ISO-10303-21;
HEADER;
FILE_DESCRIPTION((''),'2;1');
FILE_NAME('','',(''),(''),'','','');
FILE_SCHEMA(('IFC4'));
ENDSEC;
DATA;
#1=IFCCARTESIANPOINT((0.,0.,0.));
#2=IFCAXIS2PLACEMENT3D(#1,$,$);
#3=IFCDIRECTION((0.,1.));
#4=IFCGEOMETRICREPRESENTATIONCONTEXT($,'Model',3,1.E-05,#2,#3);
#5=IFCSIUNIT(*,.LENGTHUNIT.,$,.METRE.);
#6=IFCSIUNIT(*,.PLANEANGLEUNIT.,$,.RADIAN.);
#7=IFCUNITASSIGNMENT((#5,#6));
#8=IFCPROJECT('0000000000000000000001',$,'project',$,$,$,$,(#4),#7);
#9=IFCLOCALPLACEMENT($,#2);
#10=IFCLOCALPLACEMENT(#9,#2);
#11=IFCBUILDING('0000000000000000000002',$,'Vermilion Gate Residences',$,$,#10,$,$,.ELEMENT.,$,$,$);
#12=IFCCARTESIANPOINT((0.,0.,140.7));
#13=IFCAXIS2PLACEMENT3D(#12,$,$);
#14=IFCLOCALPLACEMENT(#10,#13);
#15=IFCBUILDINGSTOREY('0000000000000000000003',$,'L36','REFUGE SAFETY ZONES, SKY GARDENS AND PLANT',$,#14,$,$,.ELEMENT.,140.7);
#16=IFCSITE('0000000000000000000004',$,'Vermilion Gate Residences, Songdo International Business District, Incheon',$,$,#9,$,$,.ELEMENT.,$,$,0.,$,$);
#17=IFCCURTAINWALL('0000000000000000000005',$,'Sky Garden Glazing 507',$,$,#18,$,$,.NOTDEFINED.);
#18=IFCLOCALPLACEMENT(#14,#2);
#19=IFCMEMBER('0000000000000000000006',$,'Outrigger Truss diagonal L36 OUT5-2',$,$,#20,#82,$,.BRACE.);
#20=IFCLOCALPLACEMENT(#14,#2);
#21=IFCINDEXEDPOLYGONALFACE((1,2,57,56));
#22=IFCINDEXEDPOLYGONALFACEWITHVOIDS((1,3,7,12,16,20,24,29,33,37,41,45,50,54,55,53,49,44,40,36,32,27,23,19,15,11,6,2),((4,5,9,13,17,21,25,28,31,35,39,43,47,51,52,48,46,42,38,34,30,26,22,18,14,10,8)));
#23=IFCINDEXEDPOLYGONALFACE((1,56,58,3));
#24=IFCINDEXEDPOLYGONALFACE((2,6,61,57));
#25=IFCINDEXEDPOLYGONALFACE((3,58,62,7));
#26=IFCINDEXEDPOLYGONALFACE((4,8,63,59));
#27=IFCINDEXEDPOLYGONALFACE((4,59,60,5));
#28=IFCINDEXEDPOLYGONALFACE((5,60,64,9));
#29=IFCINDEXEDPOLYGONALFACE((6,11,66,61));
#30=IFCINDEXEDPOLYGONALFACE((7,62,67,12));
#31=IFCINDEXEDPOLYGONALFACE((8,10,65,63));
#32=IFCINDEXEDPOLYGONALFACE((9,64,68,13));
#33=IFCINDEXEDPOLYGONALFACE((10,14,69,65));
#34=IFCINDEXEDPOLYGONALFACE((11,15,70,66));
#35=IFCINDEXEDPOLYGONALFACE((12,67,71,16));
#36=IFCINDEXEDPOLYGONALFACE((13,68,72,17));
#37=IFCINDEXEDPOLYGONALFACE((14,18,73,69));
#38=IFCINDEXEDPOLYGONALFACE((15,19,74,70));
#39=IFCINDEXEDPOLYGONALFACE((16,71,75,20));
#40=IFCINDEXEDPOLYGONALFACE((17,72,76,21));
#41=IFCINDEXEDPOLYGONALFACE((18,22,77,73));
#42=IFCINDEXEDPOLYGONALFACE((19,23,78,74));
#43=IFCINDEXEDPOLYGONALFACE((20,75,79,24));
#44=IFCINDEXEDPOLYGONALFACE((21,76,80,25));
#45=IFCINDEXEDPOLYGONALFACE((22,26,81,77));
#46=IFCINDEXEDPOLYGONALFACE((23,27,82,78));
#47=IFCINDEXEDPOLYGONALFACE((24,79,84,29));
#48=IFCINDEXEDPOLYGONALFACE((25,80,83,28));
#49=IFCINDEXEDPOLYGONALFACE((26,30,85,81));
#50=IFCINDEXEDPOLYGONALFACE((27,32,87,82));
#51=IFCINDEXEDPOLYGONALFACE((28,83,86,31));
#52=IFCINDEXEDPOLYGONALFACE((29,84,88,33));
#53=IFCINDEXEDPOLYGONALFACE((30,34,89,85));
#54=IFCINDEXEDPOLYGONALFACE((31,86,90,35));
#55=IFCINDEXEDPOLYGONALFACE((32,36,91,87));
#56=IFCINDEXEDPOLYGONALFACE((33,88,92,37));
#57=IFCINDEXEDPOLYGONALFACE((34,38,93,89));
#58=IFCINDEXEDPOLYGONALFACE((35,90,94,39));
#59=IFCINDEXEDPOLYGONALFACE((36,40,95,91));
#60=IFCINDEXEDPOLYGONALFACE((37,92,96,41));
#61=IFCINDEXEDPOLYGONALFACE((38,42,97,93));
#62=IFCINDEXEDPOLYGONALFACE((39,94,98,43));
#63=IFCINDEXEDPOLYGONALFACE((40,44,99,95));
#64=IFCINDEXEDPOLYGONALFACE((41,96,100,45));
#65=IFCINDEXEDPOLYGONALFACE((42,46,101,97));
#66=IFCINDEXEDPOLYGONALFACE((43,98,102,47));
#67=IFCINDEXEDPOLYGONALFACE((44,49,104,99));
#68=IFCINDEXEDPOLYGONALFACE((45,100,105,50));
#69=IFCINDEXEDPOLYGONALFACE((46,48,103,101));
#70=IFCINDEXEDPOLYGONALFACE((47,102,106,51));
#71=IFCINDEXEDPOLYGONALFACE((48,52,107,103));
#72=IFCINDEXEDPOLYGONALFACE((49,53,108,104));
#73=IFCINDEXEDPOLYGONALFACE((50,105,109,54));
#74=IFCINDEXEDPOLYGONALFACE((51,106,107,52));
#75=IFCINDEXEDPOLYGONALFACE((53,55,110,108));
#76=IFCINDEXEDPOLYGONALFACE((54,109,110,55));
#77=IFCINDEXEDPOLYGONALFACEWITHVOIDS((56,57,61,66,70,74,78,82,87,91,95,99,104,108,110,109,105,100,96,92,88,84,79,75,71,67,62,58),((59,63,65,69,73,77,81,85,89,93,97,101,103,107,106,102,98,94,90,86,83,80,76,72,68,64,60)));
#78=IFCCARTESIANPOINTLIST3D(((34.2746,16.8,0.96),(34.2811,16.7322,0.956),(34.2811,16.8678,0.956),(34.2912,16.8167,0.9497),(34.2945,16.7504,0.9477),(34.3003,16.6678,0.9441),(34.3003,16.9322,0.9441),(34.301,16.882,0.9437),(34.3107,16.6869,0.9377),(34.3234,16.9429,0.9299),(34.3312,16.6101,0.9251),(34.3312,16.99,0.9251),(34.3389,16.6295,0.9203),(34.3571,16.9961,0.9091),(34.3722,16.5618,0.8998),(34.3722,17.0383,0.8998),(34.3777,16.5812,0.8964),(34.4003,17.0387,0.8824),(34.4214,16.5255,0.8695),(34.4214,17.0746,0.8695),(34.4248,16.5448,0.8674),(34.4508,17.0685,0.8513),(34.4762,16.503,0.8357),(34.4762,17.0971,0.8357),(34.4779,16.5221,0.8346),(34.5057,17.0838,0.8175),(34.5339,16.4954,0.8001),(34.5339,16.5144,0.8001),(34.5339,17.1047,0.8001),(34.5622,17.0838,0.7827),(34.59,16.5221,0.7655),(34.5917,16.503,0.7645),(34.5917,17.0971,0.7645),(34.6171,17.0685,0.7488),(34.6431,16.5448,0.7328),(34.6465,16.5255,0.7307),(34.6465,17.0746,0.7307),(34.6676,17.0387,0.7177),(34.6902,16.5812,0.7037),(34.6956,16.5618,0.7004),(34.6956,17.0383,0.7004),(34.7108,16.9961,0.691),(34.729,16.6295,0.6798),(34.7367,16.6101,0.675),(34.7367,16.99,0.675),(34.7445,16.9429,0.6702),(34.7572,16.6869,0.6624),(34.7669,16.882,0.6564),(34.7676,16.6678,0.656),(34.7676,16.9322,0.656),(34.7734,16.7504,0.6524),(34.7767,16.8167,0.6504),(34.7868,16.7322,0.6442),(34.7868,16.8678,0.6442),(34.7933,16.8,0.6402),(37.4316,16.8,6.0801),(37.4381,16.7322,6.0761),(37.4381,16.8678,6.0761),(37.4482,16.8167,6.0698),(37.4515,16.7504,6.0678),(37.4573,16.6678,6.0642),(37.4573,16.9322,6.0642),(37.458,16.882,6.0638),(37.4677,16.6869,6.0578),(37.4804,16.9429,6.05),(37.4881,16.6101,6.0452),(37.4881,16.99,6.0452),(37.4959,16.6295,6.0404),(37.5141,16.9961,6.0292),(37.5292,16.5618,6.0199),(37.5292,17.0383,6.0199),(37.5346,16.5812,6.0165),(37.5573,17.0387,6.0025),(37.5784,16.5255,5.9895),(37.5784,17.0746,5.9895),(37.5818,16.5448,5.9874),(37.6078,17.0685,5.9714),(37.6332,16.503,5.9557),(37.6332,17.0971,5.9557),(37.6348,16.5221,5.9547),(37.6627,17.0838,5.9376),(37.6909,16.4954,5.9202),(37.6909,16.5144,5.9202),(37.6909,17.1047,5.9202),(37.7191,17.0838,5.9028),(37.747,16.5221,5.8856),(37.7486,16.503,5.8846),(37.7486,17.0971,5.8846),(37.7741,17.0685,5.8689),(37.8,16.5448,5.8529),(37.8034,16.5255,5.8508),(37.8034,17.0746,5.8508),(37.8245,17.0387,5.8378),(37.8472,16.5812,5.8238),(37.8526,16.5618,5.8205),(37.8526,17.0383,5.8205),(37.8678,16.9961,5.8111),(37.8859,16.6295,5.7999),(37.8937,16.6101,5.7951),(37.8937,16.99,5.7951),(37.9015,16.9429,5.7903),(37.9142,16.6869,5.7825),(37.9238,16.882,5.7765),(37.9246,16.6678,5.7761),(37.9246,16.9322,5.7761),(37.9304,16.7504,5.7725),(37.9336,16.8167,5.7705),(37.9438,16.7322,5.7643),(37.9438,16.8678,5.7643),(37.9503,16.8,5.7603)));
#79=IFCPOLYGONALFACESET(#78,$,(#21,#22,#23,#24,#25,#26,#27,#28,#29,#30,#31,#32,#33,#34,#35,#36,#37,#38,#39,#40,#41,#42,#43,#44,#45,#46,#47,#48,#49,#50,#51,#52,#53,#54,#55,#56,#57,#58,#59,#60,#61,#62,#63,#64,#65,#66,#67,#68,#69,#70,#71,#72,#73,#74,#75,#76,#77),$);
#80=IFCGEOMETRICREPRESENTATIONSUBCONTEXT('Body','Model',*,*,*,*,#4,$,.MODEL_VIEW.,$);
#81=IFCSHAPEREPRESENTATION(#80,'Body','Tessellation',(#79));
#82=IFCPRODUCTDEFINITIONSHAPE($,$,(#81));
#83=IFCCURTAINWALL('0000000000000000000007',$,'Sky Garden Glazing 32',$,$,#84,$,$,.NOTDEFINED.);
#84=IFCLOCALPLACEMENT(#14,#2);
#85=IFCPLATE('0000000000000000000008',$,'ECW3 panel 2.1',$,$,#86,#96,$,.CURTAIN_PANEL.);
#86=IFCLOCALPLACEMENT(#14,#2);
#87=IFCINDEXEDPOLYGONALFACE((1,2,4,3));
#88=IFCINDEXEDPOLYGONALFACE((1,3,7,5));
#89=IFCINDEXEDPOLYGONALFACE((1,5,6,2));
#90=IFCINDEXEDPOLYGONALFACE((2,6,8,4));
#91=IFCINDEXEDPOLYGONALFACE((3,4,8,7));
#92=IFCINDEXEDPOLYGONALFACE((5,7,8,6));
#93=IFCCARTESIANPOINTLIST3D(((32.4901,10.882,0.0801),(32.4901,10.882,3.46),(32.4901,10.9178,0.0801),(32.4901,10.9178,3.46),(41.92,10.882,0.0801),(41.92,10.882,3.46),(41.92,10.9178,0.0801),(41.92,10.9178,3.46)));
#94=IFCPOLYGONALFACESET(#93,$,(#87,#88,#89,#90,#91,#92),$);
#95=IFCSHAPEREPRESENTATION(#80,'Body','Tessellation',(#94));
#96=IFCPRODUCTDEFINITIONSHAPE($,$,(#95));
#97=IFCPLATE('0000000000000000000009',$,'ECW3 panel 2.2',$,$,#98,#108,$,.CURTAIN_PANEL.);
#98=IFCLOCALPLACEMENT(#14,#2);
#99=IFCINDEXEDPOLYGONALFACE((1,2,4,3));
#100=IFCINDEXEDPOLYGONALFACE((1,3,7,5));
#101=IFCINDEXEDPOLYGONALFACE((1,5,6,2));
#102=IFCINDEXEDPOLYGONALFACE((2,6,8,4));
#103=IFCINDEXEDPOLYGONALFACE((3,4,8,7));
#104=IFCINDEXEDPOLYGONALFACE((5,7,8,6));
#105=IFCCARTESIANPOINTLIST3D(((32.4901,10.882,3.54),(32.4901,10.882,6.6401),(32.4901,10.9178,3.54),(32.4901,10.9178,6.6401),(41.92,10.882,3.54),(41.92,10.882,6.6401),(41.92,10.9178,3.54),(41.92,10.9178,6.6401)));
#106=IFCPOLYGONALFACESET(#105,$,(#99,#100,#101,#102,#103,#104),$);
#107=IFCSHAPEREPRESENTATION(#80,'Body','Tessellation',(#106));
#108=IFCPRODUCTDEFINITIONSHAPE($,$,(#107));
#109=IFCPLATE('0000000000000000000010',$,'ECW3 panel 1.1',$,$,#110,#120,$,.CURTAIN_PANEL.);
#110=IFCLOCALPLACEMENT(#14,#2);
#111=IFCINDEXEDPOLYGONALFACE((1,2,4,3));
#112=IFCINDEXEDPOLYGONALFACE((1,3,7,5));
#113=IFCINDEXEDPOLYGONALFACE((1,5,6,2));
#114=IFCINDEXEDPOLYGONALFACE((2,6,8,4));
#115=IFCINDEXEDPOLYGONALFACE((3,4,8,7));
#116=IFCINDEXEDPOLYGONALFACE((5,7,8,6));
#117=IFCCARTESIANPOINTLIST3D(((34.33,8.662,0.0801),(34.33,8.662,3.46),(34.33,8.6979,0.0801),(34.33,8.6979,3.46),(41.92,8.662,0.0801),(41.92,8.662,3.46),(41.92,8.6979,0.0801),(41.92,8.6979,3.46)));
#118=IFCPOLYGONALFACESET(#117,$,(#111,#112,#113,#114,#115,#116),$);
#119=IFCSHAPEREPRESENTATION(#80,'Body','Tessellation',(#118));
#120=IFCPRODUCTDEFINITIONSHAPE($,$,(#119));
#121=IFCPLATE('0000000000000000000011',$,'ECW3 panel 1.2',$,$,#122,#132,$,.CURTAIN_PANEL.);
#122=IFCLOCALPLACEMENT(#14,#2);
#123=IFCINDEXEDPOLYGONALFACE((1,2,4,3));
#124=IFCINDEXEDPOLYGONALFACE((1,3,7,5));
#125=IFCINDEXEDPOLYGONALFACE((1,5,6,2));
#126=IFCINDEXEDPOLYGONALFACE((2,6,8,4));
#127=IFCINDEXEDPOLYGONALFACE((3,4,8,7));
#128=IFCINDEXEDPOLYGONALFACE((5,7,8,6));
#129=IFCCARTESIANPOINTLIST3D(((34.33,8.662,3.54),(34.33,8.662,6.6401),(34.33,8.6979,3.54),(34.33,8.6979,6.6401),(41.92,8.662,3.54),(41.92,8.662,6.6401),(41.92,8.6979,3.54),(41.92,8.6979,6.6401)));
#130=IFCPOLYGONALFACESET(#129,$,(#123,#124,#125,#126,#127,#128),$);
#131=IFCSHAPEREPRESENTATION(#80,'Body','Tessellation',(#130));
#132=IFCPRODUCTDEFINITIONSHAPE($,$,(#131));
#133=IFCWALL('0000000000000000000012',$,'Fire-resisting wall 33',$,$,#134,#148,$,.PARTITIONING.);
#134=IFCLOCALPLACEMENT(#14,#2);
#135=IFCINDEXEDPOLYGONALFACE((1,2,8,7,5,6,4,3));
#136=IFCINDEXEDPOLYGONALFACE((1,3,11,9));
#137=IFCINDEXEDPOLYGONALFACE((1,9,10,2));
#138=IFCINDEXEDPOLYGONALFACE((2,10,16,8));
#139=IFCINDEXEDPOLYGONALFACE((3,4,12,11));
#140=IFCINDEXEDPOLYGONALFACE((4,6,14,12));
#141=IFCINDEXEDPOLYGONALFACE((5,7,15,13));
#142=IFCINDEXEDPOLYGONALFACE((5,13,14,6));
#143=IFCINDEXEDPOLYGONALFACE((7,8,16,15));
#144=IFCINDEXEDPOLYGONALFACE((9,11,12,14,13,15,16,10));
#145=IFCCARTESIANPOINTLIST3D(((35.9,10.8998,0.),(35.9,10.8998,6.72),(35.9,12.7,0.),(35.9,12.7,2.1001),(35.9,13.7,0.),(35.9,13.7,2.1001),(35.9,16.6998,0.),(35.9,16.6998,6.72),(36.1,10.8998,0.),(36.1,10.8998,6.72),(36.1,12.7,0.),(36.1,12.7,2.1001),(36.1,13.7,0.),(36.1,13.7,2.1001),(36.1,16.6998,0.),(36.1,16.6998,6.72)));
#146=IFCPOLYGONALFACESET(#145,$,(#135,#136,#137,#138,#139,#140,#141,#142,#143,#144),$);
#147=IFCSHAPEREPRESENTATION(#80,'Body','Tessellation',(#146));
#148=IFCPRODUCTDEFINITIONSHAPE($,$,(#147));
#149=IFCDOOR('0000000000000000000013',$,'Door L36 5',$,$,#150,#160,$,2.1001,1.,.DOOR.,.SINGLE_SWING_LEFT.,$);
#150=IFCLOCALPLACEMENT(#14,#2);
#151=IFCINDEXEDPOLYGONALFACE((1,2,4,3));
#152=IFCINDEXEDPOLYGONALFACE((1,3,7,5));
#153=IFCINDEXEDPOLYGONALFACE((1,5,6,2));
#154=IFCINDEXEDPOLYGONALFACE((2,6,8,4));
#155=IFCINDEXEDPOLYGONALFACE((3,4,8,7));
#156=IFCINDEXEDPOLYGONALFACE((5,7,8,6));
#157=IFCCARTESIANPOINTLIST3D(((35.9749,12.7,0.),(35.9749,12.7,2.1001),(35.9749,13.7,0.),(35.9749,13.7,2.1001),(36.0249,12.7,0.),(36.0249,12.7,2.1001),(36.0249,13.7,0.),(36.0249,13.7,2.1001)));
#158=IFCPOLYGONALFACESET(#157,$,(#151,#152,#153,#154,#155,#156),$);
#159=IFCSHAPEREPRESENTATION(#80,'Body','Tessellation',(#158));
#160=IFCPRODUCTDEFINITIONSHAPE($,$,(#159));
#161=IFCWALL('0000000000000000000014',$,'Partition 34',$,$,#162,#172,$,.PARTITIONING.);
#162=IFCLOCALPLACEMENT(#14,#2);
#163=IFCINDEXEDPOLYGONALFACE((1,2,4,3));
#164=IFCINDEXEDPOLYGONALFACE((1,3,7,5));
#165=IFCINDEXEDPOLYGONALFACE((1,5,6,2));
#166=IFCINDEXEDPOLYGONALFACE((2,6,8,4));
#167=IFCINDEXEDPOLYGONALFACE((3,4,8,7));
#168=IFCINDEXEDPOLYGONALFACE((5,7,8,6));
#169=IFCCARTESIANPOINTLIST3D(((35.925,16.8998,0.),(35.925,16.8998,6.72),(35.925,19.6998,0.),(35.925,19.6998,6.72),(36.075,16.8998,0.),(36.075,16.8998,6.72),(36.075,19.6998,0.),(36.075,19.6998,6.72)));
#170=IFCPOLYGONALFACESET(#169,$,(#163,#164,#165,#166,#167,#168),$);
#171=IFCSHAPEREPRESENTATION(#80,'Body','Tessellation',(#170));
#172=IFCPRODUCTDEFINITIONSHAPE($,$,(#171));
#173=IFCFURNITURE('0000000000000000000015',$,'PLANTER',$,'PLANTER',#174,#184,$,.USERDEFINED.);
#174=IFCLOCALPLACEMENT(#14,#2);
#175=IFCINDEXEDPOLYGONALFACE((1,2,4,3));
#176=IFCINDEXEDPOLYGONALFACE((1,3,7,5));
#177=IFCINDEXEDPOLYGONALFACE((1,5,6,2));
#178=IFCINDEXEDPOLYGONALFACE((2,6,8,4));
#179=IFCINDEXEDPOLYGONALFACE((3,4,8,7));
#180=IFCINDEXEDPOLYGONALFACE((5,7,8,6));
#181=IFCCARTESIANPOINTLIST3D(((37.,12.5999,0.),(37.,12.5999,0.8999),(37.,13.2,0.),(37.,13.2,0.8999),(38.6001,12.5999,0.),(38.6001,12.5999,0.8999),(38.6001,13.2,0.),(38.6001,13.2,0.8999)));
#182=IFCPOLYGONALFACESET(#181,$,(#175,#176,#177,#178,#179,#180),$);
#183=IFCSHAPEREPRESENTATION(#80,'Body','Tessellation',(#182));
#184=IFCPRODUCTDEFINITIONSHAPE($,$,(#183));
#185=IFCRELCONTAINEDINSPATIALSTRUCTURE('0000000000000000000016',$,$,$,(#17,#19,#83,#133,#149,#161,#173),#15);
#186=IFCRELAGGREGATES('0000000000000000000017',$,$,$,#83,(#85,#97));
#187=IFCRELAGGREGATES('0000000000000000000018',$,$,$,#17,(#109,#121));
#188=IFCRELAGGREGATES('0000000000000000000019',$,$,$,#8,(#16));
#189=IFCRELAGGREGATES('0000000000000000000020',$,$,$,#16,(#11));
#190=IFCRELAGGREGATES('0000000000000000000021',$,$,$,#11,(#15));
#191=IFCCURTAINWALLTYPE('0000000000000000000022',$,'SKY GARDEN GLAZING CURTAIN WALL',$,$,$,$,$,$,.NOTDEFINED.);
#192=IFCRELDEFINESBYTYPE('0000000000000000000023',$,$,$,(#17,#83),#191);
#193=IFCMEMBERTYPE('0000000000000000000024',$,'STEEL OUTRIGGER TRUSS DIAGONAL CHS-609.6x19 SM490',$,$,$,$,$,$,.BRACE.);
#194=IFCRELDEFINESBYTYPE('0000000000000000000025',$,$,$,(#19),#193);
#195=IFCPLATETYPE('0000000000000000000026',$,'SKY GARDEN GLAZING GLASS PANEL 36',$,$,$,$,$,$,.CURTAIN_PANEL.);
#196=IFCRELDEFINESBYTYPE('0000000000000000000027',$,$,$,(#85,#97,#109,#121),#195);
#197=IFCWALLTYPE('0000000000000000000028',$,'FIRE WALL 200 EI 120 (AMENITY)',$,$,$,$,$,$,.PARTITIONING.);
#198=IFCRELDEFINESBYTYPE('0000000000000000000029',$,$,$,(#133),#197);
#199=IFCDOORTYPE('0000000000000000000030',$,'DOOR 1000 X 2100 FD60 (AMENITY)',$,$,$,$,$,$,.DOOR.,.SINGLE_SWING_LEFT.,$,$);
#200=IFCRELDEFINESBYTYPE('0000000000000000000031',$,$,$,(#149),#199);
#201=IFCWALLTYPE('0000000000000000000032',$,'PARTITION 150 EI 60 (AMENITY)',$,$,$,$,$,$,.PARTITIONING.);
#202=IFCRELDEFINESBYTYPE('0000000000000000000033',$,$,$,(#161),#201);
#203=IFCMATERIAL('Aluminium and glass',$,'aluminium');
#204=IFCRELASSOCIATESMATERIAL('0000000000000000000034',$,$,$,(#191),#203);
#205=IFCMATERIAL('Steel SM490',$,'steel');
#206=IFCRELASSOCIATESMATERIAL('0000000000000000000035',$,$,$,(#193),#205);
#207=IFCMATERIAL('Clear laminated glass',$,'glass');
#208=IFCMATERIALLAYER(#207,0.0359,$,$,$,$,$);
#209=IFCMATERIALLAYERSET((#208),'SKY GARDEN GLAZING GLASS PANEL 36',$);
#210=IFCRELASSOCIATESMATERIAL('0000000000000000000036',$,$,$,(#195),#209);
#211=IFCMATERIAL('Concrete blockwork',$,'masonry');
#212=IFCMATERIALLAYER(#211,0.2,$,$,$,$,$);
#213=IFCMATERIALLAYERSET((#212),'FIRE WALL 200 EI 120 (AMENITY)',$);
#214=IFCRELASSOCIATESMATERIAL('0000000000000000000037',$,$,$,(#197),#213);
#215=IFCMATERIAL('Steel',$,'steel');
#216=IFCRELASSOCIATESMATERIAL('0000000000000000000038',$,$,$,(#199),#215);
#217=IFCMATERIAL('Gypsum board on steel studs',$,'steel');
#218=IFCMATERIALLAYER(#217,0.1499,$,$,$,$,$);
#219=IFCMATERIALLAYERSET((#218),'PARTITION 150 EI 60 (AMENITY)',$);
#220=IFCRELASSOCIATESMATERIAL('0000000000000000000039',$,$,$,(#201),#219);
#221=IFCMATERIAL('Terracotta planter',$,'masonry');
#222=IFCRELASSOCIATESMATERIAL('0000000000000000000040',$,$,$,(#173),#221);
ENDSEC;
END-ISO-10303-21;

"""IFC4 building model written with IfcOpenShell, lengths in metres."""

from ifc_helpers import new_model, si_unit, direction, frame, frame_2d, origin, origin_2d, place, context, subcontext, project, spatial, rectangle, hollow_circle, extrude, material, layer, layer_set, material_profile, profile_set, type_object, element, fill, aggregate, save


model = new_model("IFC4")

# Units and contexts
model_context = context("Model", 3, precision=1e-05, world=origin(), true_north=direction((0.0, 1.0)))
body_context = subcontext(model_context, "Body", "Model", "MODEL_VIEW")
ifc_project = project(units=[si_unit("LENGTHUNIT", "METRE"), si_unit("PLANEANGLEUNIT", "RADIAN")], contexts=[model_context])

# Site, building, storey
site_placement = place(None, origin())
site = spatial("IfcSite", under=ifc_project, at=site_placement, Name="Vermilion Gate Residences, Songdo International Business District, Incheon", CompositionType="ELEMENT", RefElevation=0.0)
building_placement = place(site_placement, origin())
building = spatial("IfcBuilding", under=site, at=building_placement, Name="Vermilion Gate Residences", CompositionType="ELEMENT")
storey_placement = place(building_placement, frame((0.0, 0.0, 140.7)))
storey = spatial("IfcBuildingStorey", under=building, at=storey_placement, Name="L36", Description="REFUGE SAFETY ZONES, SKY GARDENS AND PLANT", CompositionType="ELEMENT", Elevation=140.7)

# Curtain wall
ifc_material_1 = material(Name="Aluminium and glass", Category="aluminium")
curtain_wall_type = type_object("IfcCurtainWallType", Name="SKY GARDEN GLAZING CURTAIN WALL", PredefinedType="NOTDEFINED", material=ifc_material_1)
curtain_wall_1_placement = place(storey_placement, origin())
curtain_wall_1 = element("IfcCurtainWall", 1, at=curtain_wall_1_placement, inside=storey, type_object=curtain_wall_type, Name="Sky Garden Glazing 507", PredefinedType="NOTDEFINED")

# Member
ifc_material_2 = material(Name="Steel SM490", Category="steel")
ifc_material_profile_1 = material_profile(ifc_material_2, hollow_circle(Radius=0.3047, WallThickness=0.019, at=origin_2d()), Name="CHS-609.6x19")
ifc_profile_set_1 = profile_set([ifc_material_profile_1], Name="Steel SM490")
member_type_1 = type_object("IfcMemberType", Name="STEEL OUTRIGGER TRUSS DIAGONAL CHS-609.6x19 SM490", PredefinedType="BRACE", material=ifc_profile_set_1)
for number, where, z_axis, x_axis, name in (
    (2, (37.6909, 16.8, 5.9202), (-0.524838, 0.0, -0.851202), (0.0, -1.0, 0.0), "Outrigger Truss diagonal L36 OUT5-2"),
):
    element("IfcMember", number, at=place(storey_placement, frame(where, z_axis=z_axis, x_axis=x_axis)), inside=storey, type_object=member_type_1, Name=name, PredefinedType="BRACE", context=body_context, shape_type="SweptSolid", body=[
        extrude(hollow_circle(Radius=0.3047, WallThickness=0.019, at=origin_2d()), origin(), (0.0, 0.0, 1.0), 6.0151),
    ])

# Curtain wall, plates
curtain_wall_2_placement = place(storey_placement, origin())
curtain_wall_2 = element("IfcCurtainWall", 3, at=curtain_wall_2_placement, inside=storey, type_object=curtain_wall_type, Name="Sky Garden Glazing 32", PredefinedType="NOTDEFINED")
ifc_material_3 = material(Name="Clear laminated glass", Category="glass")
ifc_layer_1 = layer(ifc_material_3, 0.0359)
ifc_layer_set_1 = layer_set([ifc_layer_1], Name="SKY GARDEN GLAZING GLASS PANEL 36")
plate_type = type_object("IfcPlateType", Name="SKY GARDEN GLAZING GLASS PANEL 36", PredefinedType="CURTAIN_PANEL", material=ifc_layer_set_1)
plate_1_placement = place(storey_placement, frame((37.2051, 10.8999, 0.0801), z_axis=(0.0, 0.0, 1.0), x_axis=(1.0, 0.0, 0.0)))
plate_1 = element("IfcPlate", 4, at=plate_1_placement, type_object=plate_type, Name="ECW3 panel 2.1", PredefinedType="CURTAIN_PANEL", context=body_context, shape_type="SweptSolid", body=[
    extrude(rectangle(XDim=9.4299, YDim=0.0359, at=origin_2d()), origin(), (0.0, 0.0, 1.0), 3.3799),
])
plate_2_placement = place(storey_placement, frame((37.2051, 10.8999, 3.54), z_axis=(0.0, 0.0, 1.0), x_axis=(1.0, 0.0, 0.0)))
plate_2 = element("IfcPlate", 5, at=plate_2_placement, type_object=plate_type, Name="ECW3 panel 2.2", PredefinedType="CURTAIN_PANEL", context=body_context, shape_type="SweptSolid", body=[
    extrude(rectangle(XDim=9.4299, YDim=0.0359, at=origin_2d()), origin(), (0.0, 0.0, 1.0), 3.1001),
])
aggregate(curtain_wall_2, [plate_1, plate_2])

# Plates
plate_3_placement = place(storey_placement, frame((38.125, 8.6799, 0.0801), z_axis=(0.0, 0.0, 1.0), x_axis=(1.0, 0.0, 0.0)))
plate_3 = element("IfcPlate", 6, at=plate_3_placement, type_object=plate_type, Name="ECW3 panel 1.1", PredefinedType="CURTAIN_PANEL", context=body_context, shape_type="SweptSolid", body=[
    extrude(rectangle(XDim=7.5901, YDim=0.0359, at=origin_2d()), origin(), (0.0, 0.0, 1.0), 3.3799),
])
plate_4_placement = place(storey_placement, frame((38.125, 8.6799, 3.54), z_axis=(0.0, 0.0, 1.0), x_axis=(1.0, 0.0, 0.0)))
plate_4 = element("IfcPlate", 7, at=plate_4_placement, type_object=plate_type, Name="ECW3 panel 1.2", PredefinedType="CURTAIN_PANEL", context=body_context, shape_type="SweptSolid", body=[
    extrude(rectangle(XDim=7.5901, YDim=0.0359, at=origin_2d()), origin(), (0.0, 0.0, 1.0), 3.1001),
])
aggregate(curtain_wall_1, [plate_3, plate_4])

# Wall, opening, door
ifc_material_4 = material(Name="Concrete blockwork", Category="masonry")
ifc_layer_2 = layer(ifc_material_4, 0.2)
ifc_layer_set_2 = layer_set([ifc_layer_2], Name="FIRE WALL 200 EI 120 (AMENITY)")
wall_type_1 = type_object("IfcWallType", Name="FIRE WALL 200 EI 120 (AMENITY)", PredefinedType="PARTITIONING", material=ifc_layer_set_2)
wall_1_placement = place(storey_placement, frame((36.0, 10.8999, 0.0), z_axis=(0.0, 0.0, 1.0), x_axis=(0.0, 1.0, 0.0)))
wall_1 = element("IfcWall", 8, at=wall_1_placement, inside=storey, type_object=wall_type_1, Name="Fire-resisting wall 33", PredefinedType="PARTITIONING", context=body_context, shape_type="SweptSolid", body=[
    extrude(rectangle(XDim=5.8, YDim=0.2, at=frame_2d((2.8999, 0.0))), origin(), (0.0, 0.0, 1.0), 6.72),
])
opening_placement = place(wall_1_placement, frame((1.8, 0.0, 0.0)))
opening = element("IfcOpeningElement", 9, at=opening_placement, cuts=wall_1, PredefinedType="OPENING", context=body_context, shape_type="SweptSolid", body=[
    extrude(rectangle(XDim=1.0, YDim=2.1001, at=frame_2d((0.5, 1.05))), frame((0.0, 0.1099, 0.0), z_axis=(0.0, -1.0, 0.0), x_axis=(1.0, 0.0, 0.0)), (0.0, 0.0, 1.0), 0.22),
])
ifc_material_5 = material(Name="Steel", Category="steel")
door_type = type_object("IfcDoorType", Name="DOOR 1000 X 2100 FD60 (AMENITY)", OperationType="SINGLE_SWING_LEFT", PredefinedType="DOOR", material=ifc_material_5)
door_placement = place(opening_placement, frame((1.0, 0.0, 0.0), z_axis=(0.0, 0.0, 1.0), x_axis=(-1.0, 0.0, 0.0)))
door = element("IfcDoor", 10, at=door_placement, inside=storey, type_object=door_type, Name="Door L36 5", OperationType="SINGLE_SWING_LEFT", OverallHeight=2.1001, OverallWidth=1.0, PredefinedType="DOOR", context=body_context, shape_type="SweptSolid", body=[
    extrude(rectangle(XDim=1.0, YDim=2.1001, at=frame_2d((0.5, 1.05))), frame((0.0, 0.0249, 0.0), z_axis=(0.0, -1.0, 0.0), x_axis=(1.0, 0.0, 0.0)), (0.0, 0.0, 1.0), 0.05),
])
fill(opening, door)

# Wall
ifc_material_6 = material(Name="Gypsum board on steel studs", Category="steel")
ifc_layer_3 = layer(ifc_material_6, 0.1499)
ifc_layer_set_3 = layer_set([ifc_layer_3], Name="PARTITION 150 EI 60 (AMENITY)")
wall_type_2 = type_object("IfcWallType", Name="PARTITION 150 EI 60 (AMENITY)", PredefinedType="PARTITIONING", material=ifc_layer_set_3)
wall_2_placement = place(storey_placement, frame((36.0, 16.8999, 0.0), z_axis=(0.0, 0.0, 1.0), x_axis=(0.0, 1.0, 0.0)))
element("IfcWall", 11, at=wall_2_placement, inside=storey, type_object=wall_type_2, Name="Partition 34", PredefinedType="PARTITIONING", context=body_context, shape_type="SweptSolid", body=[
    extrude(rectangle(XDim=2.8, YDim=0.1499, at=frame_2d((1.3999, 0.0))), origin(), (0.0, 0.0, 1.0), 6.72),
])

# Furniture
ifc_material_7 = material(Name="Terracotta planter", Category="masonry")
furniture_placement = place(storey_placement, frame((37.8, 12.8999, 0.0), z_axis=(0.0, 0.0, 1.0), x_axis=(1.0, 0.0, 0.0)))
element("IfcFurniture", 12, at=furniture_placement, inside=storey, material=ifc_material_7, Name="PLANTER", ObjectType="PLANTER", PredefinedType="USERDEFINED", context=body_context, shape_type="SweptSolid", body=[
    extrude(rectangle(XDim=1.6001, YDim=0.6001, at=origin_2d()), origin(), (0.0, 0.0, 1.0), 0.8999),
])

save(model, "model.ifc")
